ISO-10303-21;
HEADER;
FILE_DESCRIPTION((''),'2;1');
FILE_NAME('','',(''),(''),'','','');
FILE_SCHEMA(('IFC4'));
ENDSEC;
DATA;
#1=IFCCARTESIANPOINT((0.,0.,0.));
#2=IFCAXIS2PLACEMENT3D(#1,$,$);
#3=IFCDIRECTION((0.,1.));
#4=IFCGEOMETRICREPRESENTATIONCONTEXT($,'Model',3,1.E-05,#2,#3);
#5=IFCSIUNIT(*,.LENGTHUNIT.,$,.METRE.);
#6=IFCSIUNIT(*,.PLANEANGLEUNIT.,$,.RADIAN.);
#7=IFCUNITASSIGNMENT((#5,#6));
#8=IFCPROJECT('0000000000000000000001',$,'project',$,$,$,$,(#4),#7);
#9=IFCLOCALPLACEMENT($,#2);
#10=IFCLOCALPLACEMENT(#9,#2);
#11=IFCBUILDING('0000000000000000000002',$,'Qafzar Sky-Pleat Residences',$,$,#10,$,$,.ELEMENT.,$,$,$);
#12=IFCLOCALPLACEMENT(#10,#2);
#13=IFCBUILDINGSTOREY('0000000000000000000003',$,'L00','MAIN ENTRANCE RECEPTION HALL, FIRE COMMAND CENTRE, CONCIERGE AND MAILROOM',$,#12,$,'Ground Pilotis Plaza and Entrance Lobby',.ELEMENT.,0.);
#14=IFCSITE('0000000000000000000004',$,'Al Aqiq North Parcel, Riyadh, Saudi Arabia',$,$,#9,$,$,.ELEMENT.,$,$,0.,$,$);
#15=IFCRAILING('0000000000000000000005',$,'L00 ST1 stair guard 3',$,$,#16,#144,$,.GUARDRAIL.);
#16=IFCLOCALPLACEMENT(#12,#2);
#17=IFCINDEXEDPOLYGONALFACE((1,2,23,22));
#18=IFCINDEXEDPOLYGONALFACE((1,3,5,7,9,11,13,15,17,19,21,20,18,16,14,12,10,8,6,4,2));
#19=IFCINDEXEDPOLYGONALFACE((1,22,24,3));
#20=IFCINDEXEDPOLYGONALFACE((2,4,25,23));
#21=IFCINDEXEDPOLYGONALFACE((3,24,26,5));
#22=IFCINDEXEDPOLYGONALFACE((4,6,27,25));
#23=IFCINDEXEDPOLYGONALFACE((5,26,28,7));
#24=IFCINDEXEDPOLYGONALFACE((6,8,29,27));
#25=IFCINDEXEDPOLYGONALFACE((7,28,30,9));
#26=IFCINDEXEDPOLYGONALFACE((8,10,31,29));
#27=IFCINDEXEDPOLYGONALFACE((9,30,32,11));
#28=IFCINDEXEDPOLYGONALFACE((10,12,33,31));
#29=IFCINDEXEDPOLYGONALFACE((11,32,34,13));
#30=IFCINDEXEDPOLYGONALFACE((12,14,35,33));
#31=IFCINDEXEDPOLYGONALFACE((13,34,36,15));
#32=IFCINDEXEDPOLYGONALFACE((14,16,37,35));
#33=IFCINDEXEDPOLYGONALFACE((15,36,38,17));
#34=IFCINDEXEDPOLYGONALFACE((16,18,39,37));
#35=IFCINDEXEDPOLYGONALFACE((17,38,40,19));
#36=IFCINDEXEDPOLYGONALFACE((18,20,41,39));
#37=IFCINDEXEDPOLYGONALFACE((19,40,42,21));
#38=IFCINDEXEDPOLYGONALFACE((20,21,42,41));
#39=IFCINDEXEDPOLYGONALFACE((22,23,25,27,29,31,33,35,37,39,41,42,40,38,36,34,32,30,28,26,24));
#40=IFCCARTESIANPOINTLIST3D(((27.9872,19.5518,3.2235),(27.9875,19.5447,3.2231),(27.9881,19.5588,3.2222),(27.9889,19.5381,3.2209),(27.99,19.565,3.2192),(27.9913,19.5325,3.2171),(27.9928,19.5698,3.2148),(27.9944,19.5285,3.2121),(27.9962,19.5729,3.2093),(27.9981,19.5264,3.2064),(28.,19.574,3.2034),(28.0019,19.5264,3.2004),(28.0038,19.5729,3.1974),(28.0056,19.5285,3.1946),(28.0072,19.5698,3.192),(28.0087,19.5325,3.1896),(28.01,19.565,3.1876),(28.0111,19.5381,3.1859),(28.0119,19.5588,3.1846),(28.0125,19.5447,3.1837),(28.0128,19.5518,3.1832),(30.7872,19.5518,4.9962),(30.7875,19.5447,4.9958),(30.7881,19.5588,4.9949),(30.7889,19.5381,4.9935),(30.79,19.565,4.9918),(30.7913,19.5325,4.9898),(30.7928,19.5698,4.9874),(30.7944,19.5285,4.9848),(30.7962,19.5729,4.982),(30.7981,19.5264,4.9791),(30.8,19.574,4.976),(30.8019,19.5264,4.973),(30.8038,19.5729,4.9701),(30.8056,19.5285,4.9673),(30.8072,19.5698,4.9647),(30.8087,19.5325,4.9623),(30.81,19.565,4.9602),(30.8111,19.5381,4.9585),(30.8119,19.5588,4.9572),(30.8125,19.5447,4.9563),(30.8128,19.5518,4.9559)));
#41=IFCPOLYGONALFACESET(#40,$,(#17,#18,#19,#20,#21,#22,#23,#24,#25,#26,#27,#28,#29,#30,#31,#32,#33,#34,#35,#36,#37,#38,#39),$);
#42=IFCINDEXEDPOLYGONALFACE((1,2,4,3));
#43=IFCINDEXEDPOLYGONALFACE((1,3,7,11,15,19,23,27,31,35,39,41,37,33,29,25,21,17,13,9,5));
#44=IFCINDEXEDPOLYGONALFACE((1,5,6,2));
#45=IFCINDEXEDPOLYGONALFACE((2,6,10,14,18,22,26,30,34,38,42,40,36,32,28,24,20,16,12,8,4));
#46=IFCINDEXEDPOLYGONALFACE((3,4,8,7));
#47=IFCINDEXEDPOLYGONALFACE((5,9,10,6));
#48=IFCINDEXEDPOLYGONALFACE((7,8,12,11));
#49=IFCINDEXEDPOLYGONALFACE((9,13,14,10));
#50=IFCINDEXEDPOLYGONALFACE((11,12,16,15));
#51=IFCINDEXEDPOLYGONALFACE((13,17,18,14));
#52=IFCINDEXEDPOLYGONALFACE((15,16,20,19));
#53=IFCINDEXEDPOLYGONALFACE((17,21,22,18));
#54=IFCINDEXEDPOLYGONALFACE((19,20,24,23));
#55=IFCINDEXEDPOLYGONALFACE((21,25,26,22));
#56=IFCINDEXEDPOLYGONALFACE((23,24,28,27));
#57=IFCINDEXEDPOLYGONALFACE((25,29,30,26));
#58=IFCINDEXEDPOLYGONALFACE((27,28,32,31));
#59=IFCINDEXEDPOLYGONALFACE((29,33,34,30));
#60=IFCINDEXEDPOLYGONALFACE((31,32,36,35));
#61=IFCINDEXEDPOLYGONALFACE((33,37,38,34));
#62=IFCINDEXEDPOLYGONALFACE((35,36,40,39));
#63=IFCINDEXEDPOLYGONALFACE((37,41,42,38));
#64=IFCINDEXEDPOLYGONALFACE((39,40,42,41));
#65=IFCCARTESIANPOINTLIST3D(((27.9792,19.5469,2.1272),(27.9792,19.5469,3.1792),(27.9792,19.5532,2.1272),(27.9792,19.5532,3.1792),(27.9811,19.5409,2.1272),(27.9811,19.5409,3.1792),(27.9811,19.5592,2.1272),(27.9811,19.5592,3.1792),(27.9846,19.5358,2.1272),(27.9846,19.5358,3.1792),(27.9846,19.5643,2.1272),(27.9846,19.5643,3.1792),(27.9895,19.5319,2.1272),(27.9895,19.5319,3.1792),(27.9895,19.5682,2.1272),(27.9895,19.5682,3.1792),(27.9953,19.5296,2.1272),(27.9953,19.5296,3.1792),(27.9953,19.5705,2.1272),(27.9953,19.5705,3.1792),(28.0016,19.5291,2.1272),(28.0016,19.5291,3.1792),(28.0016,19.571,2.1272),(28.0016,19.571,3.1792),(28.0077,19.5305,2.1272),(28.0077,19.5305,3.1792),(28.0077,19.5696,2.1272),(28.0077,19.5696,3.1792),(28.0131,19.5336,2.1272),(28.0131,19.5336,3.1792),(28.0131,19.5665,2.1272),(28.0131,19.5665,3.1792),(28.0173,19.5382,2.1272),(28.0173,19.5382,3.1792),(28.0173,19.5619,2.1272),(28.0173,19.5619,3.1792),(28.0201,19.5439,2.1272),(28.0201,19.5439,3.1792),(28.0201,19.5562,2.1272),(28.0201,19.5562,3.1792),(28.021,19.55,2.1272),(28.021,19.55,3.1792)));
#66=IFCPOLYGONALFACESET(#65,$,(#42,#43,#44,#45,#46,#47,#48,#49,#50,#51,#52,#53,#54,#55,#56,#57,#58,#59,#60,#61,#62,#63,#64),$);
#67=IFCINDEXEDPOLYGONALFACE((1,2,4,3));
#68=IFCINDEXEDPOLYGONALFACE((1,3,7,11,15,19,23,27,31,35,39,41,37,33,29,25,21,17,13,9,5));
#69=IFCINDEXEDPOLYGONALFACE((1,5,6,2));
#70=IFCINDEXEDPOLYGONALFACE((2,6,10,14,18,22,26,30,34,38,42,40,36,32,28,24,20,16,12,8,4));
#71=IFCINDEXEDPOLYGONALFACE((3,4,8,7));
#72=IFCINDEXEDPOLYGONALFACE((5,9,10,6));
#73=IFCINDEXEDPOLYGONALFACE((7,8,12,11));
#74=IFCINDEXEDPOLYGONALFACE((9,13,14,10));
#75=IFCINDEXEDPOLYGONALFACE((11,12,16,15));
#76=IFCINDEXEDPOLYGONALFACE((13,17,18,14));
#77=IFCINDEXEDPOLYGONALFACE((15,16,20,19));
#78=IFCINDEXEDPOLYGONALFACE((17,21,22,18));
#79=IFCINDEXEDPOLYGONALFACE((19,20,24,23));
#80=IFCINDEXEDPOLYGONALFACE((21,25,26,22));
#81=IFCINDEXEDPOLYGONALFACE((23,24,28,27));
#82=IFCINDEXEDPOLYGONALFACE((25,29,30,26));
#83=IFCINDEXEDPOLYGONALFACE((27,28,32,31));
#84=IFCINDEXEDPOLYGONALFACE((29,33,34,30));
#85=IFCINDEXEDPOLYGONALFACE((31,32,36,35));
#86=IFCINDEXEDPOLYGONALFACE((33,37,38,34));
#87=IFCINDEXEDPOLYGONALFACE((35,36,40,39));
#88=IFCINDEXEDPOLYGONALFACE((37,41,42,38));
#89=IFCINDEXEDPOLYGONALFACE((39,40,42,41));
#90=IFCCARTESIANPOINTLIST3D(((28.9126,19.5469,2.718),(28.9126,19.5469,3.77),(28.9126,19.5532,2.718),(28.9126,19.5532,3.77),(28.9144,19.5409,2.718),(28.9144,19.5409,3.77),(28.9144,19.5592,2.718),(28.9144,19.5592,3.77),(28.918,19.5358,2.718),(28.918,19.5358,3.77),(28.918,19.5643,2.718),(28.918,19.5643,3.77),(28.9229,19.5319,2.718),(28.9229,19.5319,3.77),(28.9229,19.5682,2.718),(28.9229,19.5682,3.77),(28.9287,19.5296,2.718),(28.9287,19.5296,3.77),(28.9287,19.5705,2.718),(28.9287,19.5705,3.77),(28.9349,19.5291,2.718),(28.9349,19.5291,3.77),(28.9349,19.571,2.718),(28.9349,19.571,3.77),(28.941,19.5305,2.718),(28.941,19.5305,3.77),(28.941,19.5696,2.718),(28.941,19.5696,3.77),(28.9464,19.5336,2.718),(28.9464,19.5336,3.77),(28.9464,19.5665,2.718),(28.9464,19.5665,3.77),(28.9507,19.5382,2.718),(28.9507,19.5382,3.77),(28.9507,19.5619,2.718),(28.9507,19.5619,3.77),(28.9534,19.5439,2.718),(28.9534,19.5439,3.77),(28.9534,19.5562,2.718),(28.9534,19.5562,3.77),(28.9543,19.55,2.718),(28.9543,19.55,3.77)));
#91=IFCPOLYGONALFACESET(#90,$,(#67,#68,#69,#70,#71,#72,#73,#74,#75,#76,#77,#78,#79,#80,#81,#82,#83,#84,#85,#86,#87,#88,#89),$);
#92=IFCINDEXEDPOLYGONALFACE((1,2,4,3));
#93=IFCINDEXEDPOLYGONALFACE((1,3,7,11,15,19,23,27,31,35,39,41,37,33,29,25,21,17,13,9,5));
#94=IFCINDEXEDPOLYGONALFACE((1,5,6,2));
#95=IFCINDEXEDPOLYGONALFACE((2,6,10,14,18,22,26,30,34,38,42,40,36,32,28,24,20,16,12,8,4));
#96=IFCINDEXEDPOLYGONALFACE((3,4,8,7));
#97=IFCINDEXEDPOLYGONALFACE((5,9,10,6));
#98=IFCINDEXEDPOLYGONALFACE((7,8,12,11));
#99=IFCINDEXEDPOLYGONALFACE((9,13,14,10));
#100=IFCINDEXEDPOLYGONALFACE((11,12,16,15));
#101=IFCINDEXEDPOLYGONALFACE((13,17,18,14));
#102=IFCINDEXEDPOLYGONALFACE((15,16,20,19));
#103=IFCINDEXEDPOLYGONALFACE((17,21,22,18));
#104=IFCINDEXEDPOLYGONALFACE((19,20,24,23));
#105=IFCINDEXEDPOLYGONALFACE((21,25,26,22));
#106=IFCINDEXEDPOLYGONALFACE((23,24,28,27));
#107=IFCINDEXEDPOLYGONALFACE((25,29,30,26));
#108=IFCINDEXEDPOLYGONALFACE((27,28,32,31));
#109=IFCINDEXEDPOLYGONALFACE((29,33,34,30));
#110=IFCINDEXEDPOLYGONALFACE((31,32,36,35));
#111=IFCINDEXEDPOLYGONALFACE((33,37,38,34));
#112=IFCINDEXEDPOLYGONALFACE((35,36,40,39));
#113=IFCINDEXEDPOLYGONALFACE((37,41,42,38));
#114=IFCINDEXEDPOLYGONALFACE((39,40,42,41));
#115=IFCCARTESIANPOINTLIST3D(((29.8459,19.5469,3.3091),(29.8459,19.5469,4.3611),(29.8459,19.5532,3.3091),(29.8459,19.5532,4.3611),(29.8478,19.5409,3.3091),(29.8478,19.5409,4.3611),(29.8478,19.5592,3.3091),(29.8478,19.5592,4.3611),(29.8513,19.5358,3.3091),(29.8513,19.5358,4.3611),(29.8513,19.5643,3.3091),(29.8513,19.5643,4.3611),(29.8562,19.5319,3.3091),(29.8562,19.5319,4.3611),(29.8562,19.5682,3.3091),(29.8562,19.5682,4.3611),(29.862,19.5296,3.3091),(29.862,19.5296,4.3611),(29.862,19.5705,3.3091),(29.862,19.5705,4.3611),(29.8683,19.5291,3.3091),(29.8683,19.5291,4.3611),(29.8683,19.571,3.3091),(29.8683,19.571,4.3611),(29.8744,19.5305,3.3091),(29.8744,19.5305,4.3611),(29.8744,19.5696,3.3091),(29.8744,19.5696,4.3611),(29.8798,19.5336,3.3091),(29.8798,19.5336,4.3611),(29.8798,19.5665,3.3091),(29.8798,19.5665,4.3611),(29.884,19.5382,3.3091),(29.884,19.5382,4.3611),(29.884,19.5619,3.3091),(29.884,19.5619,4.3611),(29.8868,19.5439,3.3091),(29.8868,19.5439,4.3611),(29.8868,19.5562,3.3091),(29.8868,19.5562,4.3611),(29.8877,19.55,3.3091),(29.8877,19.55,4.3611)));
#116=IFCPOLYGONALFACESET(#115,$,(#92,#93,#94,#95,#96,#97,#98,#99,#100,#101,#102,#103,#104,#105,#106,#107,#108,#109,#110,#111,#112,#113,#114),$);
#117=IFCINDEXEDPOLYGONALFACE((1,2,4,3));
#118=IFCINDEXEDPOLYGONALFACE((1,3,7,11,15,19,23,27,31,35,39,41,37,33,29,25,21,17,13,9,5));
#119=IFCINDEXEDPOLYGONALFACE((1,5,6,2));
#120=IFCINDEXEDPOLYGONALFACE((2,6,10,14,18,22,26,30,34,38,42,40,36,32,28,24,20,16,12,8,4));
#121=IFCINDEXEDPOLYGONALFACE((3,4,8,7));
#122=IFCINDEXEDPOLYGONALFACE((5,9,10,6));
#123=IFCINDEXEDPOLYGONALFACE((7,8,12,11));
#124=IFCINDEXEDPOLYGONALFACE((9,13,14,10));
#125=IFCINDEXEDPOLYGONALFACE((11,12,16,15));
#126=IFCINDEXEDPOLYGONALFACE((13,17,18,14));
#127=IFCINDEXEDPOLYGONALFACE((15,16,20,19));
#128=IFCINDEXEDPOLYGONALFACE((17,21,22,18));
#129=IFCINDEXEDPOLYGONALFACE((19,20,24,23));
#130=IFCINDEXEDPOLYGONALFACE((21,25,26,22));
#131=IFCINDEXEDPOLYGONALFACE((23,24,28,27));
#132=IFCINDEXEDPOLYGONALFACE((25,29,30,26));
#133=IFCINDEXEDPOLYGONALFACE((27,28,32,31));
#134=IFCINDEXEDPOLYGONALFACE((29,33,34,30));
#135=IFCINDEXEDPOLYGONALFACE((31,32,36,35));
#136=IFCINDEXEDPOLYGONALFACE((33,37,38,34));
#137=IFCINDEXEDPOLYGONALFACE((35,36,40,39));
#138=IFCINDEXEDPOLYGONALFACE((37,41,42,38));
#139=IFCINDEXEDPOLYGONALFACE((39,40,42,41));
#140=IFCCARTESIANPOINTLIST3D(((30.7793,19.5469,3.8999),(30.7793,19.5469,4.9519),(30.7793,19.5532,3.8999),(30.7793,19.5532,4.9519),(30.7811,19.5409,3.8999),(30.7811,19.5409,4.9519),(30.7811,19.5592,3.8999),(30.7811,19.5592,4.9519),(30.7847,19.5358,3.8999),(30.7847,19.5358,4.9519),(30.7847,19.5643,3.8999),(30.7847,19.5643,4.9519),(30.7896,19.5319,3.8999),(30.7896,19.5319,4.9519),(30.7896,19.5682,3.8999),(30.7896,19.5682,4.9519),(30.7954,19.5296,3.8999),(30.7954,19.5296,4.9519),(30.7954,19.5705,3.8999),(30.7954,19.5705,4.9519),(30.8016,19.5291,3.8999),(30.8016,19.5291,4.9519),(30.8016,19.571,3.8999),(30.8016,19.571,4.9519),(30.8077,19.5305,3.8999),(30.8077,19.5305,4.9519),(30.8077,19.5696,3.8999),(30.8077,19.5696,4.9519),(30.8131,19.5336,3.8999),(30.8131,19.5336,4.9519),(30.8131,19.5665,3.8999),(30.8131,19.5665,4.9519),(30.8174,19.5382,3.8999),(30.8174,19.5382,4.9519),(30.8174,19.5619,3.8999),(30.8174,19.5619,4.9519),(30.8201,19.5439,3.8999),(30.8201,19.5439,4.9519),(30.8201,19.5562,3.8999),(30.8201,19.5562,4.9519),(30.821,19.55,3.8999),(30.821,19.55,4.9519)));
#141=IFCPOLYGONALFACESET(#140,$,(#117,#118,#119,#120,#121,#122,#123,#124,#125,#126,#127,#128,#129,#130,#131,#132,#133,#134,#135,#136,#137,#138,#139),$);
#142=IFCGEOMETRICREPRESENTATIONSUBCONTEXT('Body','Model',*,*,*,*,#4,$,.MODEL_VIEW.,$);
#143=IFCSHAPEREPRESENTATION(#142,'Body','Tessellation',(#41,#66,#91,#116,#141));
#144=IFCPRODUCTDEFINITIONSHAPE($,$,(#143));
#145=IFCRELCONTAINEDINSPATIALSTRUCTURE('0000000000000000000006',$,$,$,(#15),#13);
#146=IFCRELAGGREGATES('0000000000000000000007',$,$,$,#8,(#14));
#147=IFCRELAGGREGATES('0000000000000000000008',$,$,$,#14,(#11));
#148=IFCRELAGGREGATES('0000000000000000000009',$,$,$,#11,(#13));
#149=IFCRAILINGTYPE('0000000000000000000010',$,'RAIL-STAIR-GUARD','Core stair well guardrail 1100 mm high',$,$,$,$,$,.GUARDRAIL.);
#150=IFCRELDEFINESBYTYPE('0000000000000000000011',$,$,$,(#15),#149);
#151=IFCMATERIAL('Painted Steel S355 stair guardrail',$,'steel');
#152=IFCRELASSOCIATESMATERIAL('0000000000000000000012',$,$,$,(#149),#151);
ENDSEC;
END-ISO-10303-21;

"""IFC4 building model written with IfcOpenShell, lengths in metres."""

from ifc_helpers import new_model, si_unit, direction, frame, origin, origin_2d, place, context, subcontext, project, spatial, circle, extrude, source, transform, mapped, material, type_object, element, save


model = new_model("IFC4")

# Units and contexts
model_context = context("Model", 3, precision=1e-05, world=origin(), true_north=direction((0.0, 1.0)))
body_context = subcontext(model_context, "Body", "Model", "MODEL_VIEW")
ifc_project = project(units=[si_unit("LENGTHUNIT", "METRE"), si_unit("PLANEANGLEUNIT", "RADIAN")], contexts=[model_context])

# Site, building, storey
site_placement = place(None, origin())
site = spatial("IfcSite", under=ifc_project, at=site_placement, Name="Al Aqiq North Parcel, Riyadh, Saudi Arabia", CompositionType="ELEMENT", RefElevation=0.0)
building_placement = place(site_placement, origin())
building = spatial("IfcBuilding", under=site, at=building_placement, Name="Qafzar Sky-Pleat Residences", CompositionType="ELEMENT")
storey_placement = place(building_placement, origin())
storey = spatial("IfcBuildingStorey", under=building, at=storey_placement, Name="L00", Description="MAIN ENTRANCE RECEPTION HALL, FIRE COMMAND CENTRE, CONCIERGE AND MAILROOM", LongName="Ground Pilotis Plaza and Entrance Lobby", CompositionType="ELEMENT", Elevation=0.0)

# Railing
ifc_material_1 = material(Name="Painted Steel S355 stair guardrail", Category="steel")
railing_type_1 = type_object("IfcRailingType", Name="RAIL-STAIR-GUARD", Description="Core stair well guardrail 1100 mm high", PredefinedType="GUARDRAIL", material=ifc_material_1)
shared_shape_1 = source(origin(), body_context, "Body", "SweptSolid", [
    extrude(circle(Radius=0.0239, at=origin_2d()), frame((0.0, 0.0, 1.0762), z_axis=(0.844909, 0.0, 0.53491), x_axis=(0.0, 1.0, 0.0)), (0.0, 0.0, 1.0), 3.314),
    extrude(circle(Radius=0.021, at=origin_2d()), origin(), (0.0, 0.0, 1.0), 1.052),
    extrude(circle(Radius=0.021, at=origin_2d()), frame((0.9333, 0.0, 0.5908)), (0.0, 0.0, 1.0), 1.052),
    extrude(circle(Radius=0.021, at=origin_2d()), frame((1.8667, 0.0, 1.1819)), (0.0, 0.0, 1.0), 1.052),
    extrude(circle(Radius=0.021, at=origin_2d()), frame((2.8, 0.0, 1.7727)), (0.0, 0.0, 1.0), 1.052),
])
for number, where, name in (
    (1, (28.0, 19.55, 2.1272), "L00 ST1 stair guard 3"),
):
    element("IfcRailing", number, at=place(storey_placement, frame(where)), inside=storey, type_object=railing_type_1, Name=name, PredefinedType="GUARDRAIL", context=body_context, shape_type="MappedRepresentation", body=[
        mapped(shared_shape_1, transform((0.0, 0.0, 0.0), x_axis=(1.0, 0.0, 0.0), y_axis=(0.0, 1.0, 0.0), z_axis=(0.0, 0.0, 1.0), scale=1.0)),
    ])

save(model, "model.ifc")
